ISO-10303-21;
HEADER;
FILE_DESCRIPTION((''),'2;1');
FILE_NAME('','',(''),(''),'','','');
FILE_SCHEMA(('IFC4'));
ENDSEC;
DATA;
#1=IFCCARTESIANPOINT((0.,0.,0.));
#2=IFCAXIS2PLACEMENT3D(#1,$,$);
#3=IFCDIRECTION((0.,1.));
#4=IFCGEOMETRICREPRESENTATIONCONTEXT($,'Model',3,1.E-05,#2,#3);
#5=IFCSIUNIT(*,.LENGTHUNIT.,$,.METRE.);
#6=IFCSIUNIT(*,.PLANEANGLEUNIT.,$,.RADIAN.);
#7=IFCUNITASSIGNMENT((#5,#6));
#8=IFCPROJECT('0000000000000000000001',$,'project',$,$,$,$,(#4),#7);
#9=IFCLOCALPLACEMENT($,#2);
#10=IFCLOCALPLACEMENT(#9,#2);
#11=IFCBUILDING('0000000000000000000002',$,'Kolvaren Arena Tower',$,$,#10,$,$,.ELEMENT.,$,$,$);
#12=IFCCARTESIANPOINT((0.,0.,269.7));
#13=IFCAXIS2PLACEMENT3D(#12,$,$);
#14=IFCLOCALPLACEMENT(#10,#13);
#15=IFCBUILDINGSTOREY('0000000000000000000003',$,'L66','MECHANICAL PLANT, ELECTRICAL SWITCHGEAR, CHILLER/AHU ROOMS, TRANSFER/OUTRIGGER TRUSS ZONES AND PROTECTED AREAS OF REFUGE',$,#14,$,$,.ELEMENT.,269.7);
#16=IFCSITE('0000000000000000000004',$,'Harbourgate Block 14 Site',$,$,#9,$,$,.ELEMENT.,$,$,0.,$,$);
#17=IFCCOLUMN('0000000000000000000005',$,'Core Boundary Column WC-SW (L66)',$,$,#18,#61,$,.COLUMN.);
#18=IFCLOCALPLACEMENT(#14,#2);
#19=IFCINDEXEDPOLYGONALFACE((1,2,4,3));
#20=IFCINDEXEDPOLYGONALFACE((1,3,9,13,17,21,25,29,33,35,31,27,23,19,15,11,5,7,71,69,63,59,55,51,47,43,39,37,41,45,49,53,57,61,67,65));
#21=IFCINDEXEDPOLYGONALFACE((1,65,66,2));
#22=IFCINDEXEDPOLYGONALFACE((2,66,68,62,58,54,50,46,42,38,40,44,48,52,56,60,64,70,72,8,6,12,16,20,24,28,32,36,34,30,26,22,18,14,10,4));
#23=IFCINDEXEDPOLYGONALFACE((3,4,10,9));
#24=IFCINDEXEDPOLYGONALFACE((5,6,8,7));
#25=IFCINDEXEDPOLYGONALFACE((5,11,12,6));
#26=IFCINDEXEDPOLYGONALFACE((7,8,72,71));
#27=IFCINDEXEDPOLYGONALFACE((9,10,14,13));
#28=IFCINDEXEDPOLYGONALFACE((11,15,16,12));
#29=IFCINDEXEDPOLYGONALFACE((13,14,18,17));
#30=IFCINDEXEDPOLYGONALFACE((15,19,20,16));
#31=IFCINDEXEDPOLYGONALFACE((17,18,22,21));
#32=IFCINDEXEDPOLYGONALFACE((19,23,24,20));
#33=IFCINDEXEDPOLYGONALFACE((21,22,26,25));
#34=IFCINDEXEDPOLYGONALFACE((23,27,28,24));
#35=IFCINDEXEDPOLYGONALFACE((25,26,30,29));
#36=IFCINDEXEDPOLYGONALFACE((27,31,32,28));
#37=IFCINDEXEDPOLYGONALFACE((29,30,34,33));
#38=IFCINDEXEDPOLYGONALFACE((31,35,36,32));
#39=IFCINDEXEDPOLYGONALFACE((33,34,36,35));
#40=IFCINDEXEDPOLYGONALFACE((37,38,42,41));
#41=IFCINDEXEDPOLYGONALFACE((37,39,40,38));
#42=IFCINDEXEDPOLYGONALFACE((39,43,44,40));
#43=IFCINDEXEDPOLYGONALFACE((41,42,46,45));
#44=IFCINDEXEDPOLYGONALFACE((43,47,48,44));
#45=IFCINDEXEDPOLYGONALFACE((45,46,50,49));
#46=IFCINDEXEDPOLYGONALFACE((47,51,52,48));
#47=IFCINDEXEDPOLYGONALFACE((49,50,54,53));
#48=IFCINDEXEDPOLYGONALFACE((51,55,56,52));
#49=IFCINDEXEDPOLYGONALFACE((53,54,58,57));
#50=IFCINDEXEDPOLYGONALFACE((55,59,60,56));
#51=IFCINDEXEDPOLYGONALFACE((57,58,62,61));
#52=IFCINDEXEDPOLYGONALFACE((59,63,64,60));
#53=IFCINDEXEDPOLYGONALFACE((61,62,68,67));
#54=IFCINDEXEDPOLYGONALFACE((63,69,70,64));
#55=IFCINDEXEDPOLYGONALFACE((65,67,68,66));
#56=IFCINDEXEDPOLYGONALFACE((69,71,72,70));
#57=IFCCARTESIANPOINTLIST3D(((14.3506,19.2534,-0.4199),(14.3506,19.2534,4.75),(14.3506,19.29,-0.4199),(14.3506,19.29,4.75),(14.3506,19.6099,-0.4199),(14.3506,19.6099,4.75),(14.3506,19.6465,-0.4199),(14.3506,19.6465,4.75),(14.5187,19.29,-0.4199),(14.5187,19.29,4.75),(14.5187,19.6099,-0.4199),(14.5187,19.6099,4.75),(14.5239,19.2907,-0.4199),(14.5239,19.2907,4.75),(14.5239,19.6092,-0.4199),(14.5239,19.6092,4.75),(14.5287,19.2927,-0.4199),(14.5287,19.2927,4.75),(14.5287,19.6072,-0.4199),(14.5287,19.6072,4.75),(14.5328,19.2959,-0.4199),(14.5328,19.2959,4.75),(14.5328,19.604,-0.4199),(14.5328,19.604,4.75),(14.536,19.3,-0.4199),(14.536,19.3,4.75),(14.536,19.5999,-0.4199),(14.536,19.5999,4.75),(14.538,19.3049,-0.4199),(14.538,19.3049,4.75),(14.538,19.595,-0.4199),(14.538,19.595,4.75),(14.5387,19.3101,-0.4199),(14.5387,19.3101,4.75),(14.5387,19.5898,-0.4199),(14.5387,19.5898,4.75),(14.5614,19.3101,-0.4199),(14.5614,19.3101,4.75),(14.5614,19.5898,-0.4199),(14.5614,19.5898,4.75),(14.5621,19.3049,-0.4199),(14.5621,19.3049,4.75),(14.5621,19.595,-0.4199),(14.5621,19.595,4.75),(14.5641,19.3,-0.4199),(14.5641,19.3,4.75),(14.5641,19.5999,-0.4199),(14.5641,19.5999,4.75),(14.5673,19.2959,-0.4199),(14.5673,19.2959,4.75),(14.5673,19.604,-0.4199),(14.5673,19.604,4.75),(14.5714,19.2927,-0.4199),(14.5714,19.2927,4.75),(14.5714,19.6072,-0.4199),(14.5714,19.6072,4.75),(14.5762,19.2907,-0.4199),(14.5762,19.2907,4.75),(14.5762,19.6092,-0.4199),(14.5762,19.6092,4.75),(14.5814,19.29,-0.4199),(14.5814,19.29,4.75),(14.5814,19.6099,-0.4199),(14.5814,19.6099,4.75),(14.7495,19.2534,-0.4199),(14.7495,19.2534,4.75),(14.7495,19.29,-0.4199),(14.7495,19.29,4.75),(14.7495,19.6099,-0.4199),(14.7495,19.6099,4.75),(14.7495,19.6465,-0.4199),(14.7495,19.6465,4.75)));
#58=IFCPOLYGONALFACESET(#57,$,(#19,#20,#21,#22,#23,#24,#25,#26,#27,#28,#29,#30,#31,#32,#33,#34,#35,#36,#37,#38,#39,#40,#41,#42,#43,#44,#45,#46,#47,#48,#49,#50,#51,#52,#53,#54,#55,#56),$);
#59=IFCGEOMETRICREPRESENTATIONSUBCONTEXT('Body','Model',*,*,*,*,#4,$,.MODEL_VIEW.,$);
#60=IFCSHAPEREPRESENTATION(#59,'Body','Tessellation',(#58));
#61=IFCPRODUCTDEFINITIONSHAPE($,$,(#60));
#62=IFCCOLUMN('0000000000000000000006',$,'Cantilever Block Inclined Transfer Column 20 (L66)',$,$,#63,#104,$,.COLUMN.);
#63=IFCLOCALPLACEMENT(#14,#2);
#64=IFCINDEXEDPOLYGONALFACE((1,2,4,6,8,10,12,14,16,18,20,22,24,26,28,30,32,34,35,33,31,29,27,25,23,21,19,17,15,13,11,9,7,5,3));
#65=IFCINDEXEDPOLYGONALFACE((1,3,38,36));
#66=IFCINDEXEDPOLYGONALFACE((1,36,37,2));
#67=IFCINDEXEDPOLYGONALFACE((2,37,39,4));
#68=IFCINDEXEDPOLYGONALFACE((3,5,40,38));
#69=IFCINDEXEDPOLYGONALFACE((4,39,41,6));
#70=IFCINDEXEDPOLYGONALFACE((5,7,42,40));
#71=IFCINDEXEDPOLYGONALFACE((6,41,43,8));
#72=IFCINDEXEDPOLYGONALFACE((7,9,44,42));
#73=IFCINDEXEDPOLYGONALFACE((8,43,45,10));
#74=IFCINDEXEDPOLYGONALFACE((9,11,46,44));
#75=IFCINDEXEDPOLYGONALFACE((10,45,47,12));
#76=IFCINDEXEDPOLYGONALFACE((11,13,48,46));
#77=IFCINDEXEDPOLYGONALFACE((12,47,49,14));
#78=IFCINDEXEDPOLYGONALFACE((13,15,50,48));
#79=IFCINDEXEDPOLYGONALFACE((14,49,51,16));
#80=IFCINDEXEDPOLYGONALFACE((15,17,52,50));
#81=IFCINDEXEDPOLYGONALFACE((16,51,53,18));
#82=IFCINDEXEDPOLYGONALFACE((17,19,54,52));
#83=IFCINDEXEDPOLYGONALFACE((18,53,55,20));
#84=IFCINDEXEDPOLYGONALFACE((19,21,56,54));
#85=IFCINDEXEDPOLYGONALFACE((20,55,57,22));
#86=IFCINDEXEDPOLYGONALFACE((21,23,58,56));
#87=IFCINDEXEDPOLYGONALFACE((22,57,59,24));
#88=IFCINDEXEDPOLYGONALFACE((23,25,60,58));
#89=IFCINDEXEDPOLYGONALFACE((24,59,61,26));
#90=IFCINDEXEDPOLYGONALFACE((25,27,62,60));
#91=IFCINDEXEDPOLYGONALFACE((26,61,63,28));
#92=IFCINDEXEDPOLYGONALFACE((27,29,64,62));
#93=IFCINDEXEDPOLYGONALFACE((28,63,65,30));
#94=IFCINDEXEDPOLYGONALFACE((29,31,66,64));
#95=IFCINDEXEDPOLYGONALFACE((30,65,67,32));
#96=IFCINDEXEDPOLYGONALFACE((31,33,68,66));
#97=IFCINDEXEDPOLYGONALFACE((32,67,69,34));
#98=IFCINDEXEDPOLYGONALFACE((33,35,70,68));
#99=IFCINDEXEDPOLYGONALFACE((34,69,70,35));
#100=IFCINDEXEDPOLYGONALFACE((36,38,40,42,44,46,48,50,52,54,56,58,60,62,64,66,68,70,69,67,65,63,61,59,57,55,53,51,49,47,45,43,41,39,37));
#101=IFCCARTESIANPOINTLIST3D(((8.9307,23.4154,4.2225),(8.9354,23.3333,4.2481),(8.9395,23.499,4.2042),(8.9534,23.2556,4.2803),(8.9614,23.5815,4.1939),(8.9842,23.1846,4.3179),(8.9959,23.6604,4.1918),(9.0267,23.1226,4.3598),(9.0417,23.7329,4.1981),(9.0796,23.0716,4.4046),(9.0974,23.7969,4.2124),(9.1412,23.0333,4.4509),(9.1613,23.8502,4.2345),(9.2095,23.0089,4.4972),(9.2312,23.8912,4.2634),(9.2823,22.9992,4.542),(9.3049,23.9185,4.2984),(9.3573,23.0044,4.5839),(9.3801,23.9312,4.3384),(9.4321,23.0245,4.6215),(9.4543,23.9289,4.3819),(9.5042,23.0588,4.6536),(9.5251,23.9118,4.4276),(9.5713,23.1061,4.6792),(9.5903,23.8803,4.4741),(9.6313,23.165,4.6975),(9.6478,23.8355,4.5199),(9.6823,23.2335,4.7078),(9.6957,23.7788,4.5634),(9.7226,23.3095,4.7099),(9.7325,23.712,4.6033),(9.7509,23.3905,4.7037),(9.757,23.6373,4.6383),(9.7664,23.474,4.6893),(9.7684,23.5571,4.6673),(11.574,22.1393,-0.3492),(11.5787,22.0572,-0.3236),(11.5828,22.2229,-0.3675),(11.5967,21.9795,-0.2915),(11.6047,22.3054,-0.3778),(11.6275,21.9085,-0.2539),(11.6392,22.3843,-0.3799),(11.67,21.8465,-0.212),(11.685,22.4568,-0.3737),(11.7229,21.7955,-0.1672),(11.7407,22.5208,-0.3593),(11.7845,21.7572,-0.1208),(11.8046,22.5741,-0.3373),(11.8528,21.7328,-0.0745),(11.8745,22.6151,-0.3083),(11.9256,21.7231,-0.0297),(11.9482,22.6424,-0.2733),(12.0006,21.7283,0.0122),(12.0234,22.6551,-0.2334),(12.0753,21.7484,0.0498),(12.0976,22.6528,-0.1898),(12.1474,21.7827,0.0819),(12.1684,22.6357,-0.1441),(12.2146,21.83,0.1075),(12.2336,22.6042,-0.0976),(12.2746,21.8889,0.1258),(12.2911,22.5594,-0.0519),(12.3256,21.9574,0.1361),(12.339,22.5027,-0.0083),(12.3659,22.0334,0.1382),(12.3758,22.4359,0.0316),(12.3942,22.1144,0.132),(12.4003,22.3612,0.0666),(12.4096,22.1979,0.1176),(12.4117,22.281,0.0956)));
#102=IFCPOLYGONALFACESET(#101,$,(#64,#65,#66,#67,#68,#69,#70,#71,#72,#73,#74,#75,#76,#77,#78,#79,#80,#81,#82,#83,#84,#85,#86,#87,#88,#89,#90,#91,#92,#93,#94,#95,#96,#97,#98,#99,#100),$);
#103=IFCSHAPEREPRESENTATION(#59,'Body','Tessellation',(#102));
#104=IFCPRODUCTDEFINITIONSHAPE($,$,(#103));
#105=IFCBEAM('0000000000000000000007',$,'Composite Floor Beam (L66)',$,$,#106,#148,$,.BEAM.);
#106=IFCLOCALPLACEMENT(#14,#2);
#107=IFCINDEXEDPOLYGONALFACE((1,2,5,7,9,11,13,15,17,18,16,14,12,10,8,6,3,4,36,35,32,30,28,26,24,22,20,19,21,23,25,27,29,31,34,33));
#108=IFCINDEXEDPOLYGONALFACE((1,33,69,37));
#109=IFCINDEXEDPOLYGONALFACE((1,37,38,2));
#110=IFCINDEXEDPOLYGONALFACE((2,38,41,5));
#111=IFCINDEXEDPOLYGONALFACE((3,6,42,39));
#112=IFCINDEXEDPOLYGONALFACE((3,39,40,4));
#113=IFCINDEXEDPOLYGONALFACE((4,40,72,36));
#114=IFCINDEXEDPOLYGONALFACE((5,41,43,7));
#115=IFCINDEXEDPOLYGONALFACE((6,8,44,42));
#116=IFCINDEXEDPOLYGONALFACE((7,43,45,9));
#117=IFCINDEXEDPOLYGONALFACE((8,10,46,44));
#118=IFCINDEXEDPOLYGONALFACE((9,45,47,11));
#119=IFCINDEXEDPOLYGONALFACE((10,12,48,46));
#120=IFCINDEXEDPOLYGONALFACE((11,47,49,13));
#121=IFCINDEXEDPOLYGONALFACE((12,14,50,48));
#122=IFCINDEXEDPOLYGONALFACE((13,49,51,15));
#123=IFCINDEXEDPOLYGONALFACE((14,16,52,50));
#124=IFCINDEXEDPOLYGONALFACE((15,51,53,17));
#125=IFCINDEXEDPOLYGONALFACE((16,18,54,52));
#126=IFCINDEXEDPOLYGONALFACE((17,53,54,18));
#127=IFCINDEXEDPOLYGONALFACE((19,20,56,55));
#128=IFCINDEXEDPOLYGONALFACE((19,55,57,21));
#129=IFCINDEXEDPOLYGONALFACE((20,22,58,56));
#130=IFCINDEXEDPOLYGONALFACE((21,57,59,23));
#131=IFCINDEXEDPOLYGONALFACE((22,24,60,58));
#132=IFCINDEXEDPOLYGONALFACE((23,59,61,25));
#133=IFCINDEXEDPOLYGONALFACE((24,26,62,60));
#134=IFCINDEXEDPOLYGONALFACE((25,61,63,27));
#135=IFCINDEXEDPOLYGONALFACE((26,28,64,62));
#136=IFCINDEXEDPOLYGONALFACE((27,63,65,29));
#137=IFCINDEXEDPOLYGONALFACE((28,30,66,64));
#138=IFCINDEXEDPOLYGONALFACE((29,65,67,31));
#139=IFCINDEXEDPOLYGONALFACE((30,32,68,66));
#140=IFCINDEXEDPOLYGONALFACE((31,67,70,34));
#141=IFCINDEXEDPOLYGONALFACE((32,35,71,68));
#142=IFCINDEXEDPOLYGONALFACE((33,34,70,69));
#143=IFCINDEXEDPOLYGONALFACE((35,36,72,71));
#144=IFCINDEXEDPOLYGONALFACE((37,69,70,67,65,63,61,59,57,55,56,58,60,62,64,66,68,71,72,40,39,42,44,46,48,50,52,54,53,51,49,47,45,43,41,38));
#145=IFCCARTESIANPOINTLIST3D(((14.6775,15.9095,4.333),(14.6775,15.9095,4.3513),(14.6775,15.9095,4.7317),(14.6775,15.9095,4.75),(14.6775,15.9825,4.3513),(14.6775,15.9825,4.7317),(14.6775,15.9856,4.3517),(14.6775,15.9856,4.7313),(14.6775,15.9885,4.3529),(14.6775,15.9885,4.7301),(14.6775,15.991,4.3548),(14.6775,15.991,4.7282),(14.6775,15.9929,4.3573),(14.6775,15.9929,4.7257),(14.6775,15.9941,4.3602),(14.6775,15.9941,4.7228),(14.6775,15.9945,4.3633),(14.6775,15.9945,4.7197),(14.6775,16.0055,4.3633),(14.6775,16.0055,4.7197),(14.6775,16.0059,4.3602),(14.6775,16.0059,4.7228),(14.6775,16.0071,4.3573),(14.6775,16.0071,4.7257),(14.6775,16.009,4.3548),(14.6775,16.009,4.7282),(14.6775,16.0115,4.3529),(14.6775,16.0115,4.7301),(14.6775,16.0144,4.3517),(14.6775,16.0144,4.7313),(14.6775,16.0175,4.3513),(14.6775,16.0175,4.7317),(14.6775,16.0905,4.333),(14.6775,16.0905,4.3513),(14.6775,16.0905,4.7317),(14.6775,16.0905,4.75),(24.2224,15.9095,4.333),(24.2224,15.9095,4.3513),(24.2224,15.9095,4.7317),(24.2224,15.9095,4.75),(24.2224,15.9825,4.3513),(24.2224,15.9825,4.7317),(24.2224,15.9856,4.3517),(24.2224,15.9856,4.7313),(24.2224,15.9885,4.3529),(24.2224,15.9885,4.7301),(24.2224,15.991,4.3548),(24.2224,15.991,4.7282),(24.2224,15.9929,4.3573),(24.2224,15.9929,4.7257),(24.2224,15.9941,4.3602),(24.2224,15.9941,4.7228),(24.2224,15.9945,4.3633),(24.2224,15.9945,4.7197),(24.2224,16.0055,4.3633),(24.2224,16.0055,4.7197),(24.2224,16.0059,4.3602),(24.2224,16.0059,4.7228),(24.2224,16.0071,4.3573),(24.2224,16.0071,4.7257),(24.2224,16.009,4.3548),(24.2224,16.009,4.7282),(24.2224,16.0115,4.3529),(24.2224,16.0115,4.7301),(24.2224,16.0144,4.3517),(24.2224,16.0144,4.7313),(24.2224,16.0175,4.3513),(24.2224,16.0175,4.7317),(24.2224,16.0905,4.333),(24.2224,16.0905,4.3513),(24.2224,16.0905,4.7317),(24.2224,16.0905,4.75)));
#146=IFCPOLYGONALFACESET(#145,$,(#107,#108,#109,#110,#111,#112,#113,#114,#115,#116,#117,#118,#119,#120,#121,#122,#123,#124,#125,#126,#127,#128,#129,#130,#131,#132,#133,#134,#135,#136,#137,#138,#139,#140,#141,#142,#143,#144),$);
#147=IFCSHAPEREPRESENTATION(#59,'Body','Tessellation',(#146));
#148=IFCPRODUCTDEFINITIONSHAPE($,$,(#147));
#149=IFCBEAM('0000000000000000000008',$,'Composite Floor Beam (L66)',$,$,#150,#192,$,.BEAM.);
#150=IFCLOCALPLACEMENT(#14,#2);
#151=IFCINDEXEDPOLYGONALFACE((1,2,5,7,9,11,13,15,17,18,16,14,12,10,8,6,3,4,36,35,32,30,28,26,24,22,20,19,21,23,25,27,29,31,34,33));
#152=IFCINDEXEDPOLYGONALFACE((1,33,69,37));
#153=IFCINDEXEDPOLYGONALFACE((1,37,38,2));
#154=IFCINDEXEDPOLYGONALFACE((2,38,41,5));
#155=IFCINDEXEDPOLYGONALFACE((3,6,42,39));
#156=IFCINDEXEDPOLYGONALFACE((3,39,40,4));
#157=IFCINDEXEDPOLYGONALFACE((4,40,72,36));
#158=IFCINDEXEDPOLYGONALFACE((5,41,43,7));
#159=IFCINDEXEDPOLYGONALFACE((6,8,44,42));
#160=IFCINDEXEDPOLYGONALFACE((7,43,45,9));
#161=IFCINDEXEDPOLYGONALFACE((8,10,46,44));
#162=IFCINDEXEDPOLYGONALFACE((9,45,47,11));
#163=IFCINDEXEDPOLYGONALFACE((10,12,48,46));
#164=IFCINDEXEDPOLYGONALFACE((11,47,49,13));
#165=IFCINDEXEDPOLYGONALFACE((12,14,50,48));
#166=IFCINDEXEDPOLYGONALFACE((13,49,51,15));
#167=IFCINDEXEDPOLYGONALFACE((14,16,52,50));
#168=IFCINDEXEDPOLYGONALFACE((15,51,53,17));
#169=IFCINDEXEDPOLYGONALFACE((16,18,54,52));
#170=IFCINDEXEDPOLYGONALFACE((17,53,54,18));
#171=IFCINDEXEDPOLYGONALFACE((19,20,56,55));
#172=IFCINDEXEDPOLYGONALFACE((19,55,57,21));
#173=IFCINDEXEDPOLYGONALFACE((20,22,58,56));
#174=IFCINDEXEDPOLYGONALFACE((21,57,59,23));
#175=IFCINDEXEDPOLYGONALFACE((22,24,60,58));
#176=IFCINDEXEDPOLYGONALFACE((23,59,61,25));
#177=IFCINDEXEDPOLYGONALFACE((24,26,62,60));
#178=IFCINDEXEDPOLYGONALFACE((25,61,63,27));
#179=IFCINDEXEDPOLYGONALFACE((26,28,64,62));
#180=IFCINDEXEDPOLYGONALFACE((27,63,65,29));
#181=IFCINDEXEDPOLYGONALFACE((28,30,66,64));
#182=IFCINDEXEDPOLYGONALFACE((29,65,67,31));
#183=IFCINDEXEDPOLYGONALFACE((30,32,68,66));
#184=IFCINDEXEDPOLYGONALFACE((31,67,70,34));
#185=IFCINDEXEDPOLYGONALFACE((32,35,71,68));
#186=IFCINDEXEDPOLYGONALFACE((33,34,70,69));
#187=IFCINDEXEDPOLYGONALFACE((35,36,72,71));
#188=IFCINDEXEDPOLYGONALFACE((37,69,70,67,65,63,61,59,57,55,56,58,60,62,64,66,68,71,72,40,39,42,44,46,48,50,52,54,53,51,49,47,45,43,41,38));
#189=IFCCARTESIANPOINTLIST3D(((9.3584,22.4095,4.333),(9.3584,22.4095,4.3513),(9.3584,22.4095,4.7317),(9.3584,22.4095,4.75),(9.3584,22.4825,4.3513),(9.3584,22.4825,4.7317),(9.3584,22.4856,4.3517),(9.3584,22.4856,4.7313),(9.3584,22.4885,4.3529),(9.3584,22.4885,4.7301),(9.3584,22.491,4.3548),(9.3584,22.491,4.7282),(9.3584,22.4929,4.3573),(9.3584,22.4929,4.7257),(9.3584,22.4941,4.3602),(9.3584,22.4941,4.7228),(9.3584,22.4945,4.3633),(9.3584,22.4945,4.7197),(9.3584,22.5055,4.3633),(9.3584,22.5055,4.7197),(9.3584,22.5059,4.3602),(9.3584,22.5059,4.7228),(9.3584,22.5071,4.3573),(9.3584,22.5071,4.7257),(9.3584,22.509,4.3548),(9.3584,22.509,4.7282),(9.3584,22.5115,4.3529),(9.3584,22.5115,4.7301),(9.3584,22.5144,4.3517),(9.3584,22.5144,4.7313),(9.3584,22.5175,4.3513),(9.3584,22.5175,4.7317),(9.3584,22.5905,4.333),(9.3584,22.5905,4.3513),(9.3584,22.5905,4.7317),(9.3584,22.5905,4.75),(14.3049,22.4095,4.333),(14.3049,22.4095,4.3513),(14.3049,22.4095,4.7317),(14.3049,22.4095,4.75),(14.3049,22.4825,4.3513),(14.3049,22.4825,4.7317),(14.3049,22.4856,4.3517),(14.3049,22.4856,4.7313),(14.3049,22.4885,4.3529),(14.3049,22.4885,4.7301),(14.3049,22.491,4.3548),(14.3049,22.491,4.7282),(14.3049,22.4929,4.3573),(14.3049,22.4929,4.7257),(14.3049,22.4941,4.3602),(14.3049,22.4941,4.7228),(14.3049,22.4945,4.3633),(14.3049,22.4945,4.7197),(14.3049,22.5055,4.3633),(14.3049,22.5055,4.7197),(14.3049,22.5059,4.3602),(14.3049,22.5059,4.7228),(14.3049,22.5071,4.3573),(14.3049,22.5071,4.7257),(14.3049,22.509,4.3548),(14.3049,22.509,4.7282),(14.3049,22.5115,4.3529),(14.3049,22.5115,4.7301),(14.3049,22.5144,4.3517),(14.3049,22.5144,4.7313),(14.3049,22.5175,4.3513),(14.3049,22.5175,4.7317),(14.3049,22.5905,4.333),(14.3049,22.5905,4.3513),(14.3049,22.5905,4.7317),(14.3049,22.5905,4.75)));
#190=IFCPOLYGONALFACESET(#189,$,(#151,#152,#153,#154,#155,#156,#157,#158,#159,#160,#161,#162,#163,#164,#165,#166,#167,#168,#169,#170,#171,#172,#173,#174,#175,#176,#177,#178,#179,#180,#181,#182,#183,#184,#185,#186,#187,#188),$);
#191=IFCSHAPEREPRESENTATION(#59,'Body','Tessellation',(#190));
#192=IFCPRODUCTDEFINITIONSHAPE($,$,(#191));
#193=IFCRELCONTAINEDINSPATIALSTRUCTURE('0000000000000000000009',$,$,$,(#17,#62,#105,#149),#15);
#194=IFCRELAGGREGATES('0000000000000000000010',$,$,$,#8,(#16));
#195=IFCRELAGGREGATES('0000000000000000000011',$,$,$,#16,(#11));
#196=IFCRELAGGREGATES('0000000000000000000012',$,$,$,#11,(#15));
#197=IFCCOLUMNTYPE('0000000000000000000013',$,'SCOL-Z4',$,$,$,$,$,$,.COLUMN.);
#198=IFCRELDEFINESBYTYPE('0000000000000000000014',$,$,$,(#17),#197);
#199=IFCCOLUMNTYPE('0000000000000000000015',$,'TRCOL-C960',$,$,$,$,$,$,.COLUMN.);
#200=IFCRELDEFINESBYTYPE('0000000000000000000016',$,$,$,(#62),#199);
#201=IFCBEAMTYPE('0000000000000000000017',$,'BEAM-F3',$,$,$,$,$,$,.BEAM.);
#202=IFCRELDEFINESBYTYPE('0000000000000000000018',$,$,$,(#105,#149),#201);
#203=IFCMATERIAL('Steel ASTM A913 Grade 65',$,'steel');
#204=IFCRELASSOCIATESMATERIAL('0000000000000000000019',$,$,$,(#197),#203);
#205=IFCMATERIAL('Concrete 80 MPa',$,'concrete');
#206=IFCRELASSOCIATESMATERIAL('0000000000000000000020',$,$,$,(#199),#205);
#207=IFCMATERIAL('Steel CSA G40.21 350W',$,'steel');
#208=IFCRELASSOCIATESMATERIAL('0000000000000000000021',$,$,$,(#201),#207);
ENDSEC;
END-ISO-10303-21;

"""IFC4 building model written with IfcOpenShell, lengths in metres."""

from ifc_helpers import new_model, si_unit, direction, frame, origin, origin_2d, place, context, subcontext, project, spatial, circle, i_section, extrude, material, material_profile, profile_set, type_object, element, save


model = new_model("IFC4")

# Units and contexts
model_context = context("Model", 3, precision=1e-05, world=origin(), true_north=direction((0.0, 1.0)))
body_context = subcontext(model_context, "Body", "Model", "MODEL_VIEW")
ifc_project = project(units=[si_unit("LENGTHUNIT", "METRE"), si_unit("PLANEANGLEUNIT", "RADIAN")], contexts=[model_context])

# Site, building, storey
site_placement = place(None, origin())
site = spatial("IfcSite", under=ifc_project, at=site_placement, Name="Harbourgate Block 14 Site", CompositionType="ELEMENT", RefElevation=0.0)
building_placement = place(site_placement, origin())
building = spatial("IfcBuilding", under=site, at=building_placement, Name="Kolvaren Arena Tower", CompositionType="ELEMENT")
storey_placement = place(building_placement, frame((0.0, 0.0, 269.7)))
storey = spatial("IfcBuildingStorey", under=building, at=storey_placement, Name="L66", Description="MECHANICAL PLANT, ELECTRICAL SWITCHGEAR, CHILLER/AHU ROOMS, TRANSFER/OUTRIGGER TRUSS ZONES AND PROTECTED AREAS OF REFUGE", CompositionType="ELEMENT", Elevation=269.7)

# Columns
ifc_material_1 = material(Name="Steel ASTM A913 Grade 65", Category="steel")
ifc_material_profile_1 = material_profile(ifc_material_1, i_section(OverallWidth=0.3989, OverallDepth=0.3931, WebThickness=0.0227, FlangeThickness=0.0366, FilletRadius=0.02, at=origin_2d()), Name="W360x287")
ifc_profile_set_1 = profile_set([ifc_material_profile_1], Name="Steel ASTM A913 Grade 65")
column_type_1 = type_object("IfcColumnType", Name="SCOL-Z4", PredefinedType="COLUMN", material=ifc_profile_set_1)
column_1_placement = place(storey_placement, frame((14.55, 19.45, -0.4199), z_axis=(0.0, 0.0, 1.0), x_axis=(1.0, 0.0, 0.0)))
element("IfcColumn", 1, at=column_1_placement, inside=storey, type_object=column_type_1, Name="Core Boundary Column WC-SW (L66)", PredefinedType="COLUMN", context=body_context, shape_type="SweptSolid", body=[
    extrude(i_section(OverallWidth=0.3989, OverallDepth=0.3931, WebThickness=0.0227, FlangeThickness=0.0366, FilletRadius=0.02, at=origin_2d()), origin(), (0.0, 0.0, 1.0), 5.1699),
])
ifc_material_2 = material(Name="Concrete 80 MPa", Category="concrete")
ifc_material_profile_2 = material_profile(ifc_material_2, circle(Radius=0.48, at=origin_2d()), Name="RC-CIRC-960")
ifc_profile_set_2 = profile_set([ifc_material_profile_2], Name="Concrete 80 MPa")
column_type_2 = type_object("IfcColumnType", Name="TRCOL-C960", PredefinedType="COLUMN", material=ifc_profile_set_2)
column_2_placement = place(storey_placement, frame((11.9932, 22.1895, -0.1208), z_axis=(-0.486535, 0.234887, 0.841494), x_axis=(-0.434761, -0.900546, 0.0)))
element("IfcColumn", 2, at=column_2_placement, inside=storey, type_object=column_type_2, Name="Cantilever Block Inclined Transfer Column 20 (L66)", PredefinedType="COLUMN", context=body_context, shape_type="SweptSolid", body=[
    extrude(circle(Radius=0.48, at=origin_2d()), origin(), (0.0, 0.0, 1.0), 5.4329),
])

# Beams
ifc_material_3 = material(Name="Steel CSA G40.21 350W", Category="steel")
ifc_material_profile_3 = material_profile(ifc_material_3, i_section(OverallWidth=0.1809, OverallDepth=0.417, WebThickness=0.011, FlangeThickness=0.0183, FilletRadius=0.012, at=origin_2d()), Name="W410x85")
ifc_profile_set_3 = profile_set([ifc_material_profile_3], Name="Steel CSA G40.21 350W")
beam_type_1 = type_object("IfcBeamType", Name="BEAM-F3", PredefinedType="BEAM", material=ifc_profile_set_3)
beam_1_placement = place(storey_placement, frame((14.6775, 16.0, 4.5415), z_axis=(1.0, 0.0, 0.0), x_axis=(0.0, 1.0, 0.0)))
element("IfcBeam", 3, at=beam_1_placement, inside=storey, type_object=beam_type_1, Name="Composite Floor Beam (L66)", PredefinedType="BEAM", context=body_context, shape_type="SweptSolid", body=[
    extrude(i_section(OverallWidth=0.1809, OverallDepth=0.417, WebThickness=0.011, FlangeThickness=0.0183, FilletRadius=0.012, at=origin_2d()), origin(), (0.0, 0.0, 1.0), 9.5449),
])
beam_2_placement = place(storey_placement, frame((9.3584, 22.5, 4.5415), z_axis=(1.0, 0.0, 0.0), x_axis=(0.0, 1.0, 0.0)))
element("IfcBeam", 4, at=beam_2_placement, inside=storey, type_object=beam_type_1, Name="Composite Floor Beam (L66)", PredefinedType="BEAM", context=body_context, shape_type="SweptSolid", body=[
    extrude(i_section(OverallWidth=0.1809, OverallDepth=0.417, WebThickness=0.011, FlangeThickness=0.0183, FilletRadius=0.012, at=origin_2d()), origin(), (0.0, 0.0, 1.0), 4.9465),
])

save(model, "model.ifc")
